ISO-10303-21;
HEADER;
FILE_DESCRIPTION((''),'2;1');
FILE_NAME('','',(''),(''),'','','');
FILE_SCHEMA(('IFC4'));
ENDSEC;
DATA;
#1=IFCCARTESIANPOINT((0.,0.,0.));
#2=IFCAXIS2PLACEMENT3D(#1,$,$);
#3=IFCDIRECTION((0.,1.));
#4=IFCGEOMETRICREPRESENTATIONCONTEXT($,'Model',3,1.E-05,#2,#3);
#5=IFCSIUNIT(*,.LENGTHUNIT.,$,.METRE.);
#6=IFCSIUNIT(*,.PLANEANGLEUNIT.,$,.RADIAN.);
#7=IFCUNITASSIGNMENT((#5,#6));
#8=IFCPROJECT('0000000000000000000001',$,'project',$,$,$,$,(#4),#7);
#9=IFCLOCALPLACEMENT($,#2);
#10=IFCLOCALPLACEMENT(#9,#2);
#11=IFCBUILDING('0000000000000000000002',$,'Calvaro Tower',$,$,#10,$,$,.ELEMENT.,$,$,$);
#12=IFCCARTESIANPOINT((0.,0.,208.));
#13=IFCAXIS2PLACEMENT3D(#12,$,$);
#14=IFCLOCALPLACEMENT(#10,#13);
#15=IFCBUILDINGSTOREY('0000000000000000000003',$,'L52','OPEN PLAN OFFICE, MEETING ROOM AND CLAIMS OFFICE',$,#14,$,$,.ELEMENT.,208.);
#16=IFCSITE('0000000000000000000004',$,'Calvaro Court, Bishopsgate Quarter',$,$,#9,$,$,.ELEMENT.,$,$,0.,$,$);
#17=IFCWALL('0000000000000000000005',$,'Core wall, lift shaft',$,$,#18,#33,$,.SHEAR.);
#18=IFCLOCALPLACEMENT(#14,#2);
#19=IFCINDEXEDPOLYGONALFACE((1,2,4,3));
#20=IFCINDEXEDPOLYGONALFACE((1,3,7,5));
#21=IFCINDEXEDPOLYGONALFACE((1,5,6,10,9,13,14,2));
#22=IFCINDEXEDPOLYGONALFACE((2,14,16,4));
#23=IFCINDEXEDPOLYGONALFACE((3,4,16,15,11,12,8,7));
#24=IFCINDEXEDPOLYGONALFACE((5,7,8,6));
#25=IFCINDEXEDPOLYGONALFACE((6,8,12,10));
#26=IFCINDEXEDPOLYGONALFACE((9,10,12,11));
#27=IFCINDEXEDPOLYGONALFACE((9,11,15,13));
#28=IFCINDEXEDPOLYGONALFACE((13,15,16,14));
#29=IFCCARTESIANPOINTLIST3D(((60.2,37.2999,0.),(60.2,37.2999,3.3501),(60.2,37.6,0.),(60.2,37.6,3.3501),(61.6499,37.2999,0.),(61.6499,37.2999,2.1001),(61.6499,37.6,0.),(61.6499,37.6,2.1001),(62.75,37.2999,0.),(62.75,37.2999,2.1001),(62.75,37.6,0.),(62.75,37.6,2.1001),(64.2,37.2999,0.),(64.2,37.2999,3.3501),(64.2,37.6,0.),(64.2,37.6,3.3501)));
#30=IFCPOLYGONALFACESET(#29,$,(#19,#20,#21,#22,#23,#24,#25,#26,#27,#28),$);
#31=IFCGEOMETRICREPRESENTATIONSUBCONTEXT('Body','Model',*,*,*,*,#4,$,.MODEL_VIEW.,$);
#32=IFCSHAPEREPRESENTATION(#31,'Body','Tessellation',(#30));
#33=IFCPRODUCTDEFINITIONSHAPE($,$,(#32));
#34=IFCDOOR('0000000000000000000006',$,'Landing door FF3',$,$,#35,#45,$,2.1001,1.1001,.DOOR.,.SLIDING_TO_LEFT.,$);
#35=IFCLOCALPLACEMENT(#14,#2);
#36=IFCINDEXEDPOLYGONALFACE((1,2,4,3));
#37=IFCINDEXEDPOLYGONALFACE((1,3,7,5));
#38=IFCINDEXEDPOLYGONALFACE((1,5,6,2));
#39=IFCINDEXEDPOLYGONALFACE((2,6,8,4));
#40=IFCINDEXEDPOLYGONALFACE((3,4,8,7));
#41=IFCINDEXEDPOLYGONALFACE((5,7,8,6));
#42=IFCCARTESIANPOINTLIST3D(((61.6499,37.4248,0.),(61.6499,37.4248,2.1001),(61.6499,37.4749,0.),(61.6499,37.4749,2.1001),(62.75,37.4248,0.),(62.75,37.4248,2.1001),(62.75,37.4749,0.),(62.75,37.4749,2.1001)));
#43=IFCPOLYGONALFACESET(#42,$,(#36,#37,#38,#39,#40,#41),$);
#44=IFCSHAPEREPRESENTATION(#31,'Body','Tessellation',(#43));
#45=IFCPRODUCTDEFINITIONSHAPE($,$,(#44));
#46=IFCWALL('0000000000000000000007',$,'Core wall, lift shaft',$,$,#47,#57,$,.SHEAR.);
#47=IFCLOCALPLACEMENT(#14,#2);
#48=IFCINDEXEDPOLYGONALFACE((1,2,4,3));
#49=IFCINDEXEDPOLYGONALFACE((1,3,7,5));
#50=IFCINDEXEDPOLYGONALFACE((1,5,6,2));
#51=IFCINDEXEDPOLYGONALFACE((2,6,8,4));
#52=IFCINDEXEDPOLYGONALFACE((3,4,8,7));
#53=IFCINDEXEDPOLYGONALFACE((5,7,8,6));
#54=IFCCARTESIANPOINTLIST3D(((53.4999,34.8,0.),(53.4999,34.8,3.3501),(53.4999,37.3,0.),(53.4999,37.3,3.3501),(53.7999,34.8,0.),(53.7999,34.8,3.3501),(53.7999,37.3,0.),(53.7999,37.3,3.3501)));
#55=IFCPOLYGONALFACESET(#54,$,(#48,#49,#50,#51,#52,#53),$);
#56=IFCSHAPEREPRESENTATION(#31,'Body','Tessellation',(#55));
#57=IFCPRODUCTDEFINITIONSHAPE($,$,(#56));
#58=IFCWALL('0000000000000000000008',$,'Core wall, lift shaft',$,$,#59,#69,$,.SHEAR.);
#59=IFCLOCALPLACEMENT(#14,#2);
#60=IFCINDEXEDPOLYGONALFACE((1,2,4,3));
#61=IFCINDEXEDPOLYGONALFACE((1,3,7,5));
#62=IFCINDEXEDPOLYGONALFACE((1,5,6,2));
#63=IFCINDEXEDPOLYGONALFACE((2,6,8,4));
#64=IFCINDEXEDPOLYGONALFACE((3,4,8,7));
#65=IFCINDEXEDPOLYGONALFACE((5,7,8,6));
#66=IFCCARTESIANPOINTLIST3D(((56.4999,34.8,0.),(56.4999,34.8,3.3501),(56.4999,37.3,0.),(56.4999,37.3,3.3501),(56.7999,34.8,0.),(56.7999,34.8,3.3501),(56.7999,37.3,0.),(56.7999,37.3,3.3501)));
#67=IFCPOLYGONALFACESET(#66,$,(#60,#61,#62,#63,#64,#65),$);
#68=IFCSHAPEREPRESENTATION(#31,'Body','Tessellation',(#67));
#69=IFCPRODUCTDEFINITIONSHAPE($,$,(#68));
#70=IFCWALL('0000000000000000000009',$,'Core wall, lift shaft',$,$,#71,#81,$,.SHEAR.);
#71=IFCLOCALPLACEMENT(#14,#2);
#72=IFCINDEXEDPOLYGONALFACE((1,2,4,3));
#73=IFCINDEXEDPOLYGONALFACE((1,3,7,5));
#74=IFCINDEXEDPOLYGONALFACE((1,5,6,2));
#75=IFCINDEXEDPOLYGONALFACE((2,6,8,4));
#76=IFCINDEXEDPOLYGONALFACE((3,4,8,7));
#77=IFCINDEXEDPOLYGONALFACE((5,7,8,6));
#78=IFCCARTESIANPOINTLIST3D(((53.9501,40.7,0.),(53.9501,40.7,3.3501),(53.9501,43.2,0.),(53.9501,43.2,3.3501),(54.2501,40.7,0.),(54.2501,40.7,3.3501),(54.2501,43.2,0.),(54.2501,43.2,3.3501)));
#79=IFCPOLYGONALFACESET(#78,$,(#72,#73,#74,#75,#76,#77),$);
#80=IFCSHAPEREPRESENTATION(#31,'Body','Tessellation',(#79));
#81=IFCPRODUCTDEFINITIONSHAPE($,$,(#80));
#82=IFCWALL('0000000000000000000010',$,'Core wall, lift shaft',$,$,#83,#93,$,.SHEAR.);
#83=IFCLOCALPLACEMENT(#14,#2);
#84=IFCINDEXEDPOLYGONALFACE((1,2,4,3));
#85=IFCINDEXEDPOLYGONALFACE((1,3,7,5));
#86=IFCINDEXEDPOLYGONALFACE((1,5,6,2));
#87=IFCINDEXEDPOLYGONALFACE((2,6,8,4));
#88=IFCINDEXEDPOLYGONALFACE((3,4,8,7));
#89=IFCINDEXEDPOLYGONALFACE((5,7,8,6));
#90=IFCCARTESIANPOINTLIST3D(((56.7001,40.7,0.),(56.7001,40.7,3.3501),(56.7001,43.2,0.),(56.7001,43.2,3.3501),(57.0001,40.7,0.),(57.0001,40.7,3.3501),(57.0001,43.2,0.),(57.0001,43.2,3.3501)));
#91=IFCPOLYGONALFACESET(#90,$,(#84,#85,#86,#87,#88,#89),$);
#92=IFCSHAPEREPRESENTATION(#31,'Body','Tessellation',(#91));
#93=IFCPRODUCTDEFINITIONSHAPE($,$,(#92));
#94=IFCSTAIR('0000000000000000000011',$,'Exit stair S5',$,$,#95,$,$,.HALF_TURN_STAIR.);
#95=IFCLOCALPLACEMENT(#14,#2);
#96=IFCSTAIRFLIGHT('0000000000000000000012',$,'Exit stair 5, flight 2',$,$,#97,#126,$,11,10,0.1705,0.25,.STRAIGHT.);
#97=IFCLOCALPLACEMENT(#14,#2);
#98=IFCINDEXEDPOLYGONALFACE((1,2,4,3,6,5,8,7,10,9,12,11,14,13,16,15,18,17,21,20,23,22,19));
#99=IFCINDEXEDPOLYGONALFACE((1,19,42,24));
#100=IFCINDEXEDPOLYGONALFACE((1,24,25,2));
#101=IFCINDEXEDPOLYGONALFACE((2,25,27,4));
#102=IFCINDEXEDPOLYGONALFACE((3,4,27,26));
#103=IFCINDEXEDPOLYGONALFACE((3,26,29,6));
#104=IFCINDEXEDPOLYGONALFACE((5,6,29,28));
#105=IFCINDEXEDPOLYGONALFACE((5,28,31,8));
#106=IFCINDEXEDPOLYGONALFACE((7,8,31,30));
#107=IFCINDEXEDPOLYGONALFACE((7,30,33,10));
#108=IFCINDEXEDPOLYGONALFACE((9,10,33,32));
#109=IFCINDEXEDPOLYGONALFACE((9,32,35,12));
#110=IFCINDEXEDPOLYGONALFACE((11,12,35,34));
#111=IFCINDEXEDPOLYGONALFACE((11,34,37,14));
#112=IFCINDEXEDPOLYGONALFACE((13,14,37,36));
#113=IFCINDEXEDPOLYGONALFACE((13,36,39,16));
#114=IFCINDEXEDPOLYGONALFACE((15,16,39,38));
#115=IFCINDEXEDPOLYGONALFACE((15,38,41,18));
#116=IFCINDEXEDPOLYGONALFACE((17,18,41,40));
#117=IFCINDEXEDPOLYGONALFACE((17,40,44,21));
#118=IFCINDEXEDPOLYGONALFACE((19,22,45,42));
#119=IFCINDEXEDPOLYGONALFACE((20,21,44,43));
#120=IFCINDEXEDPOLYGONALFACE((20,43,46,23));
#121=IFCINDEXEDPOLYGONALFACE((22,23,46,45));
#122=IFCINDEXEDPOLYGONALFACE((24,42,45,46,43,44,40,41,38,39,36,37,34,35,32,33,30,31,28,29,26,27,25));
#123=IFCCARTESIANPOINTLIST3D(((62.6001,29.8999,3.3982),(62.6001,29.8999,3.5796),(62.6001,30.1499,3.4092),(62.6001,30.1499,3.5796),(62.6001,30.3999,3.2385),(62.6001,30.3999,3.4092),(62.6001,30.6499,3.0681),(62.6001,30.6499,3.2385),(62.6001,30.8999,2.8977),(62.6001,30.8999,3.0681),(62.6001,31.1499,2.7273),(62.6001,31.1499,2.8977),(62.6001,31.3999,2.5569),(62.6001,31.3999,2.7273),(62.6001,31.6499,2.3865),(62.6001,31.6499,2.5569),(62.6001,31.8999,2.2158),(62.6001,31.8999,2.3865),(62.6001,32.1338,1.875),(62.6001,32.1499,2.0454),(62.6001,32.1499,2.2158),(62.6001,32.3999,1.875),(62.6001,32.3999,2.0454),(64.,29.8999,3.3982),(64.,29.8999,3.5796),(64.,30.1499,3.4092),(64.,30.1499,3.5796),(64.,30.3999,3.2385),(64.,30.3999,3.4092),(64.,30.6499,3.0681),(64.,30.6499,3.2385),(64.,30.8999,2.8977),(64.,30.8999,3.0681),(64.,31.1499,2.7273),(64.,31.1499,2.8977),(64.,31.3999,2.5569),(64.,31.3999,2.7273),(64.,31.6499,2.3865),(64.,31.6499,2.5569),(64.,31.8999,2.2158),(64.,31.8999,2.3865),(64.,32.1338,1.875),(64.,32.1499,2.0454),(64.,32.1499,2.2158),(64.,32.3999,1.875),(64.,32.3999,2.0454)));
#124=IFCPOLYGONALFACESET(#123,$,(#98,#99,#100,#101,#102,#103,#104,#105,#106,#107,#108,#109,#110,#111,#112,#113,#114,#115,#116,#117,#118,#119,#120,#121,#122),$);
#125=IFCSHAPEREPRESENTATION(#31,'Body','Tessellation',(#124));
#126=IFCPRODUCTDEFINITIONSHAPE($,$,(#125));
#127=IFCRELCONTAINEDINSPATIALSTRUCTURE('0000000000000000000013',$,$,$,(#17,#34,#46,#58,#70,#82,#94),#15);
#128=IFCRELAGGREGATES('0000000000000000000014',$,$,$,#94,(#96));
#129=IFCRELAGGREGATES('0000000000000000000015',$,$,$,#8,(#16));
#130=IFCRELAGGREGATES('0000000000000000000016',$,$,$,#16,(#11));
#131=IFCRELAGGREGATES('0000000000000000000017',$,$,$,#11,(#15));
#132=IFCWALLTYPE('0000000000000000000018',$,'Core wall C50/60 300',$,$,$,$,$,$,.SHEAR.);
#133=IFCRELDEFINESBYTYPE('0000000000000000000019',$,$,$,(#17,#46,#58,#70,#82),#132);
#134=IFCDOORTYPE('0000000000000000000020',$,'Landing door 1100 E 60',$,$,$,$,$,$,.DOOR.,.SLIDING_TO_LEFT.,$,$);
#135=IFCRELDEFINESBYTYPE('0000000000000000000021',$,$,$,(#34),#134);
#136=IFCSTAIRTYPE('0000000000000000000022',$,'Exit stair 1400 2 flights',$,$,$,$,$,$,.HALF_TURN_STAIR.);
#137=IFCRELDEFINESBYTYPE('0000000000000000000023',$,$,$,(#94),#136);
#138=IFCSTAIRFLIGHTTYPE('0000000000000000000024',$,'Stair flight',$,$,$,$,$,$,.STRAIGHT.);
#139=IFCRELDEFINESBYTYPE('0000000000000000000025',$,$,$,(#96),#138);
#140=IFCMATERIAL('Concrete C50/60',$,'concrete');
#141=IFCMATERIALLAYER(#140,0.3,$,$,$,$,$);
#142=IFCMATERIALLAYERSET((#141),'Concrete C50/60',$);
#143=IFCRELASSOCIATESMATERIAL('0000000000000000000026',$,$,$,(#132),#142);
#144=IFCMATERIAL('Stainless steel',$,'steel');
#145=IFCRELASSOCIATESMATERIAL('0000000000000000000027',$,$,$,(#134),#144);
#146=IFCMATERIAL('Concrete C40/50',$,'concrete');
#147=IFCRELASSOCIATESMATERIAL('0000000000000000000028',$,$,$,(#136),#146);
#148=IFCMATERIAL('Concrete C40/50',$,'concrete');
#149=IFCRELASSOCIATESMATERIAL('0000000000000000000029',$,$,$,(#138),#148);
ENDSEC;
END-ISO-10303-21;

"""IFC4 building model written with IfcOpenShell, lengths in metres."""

from ifc_helpers import new_model, si_unit, direction, frame, frame_2d, origin, place, context, subcontext, project, spatial, polyline, rectangle, outline, extrude, material, layer, layer_set, type_object, element, fill, aggregate, save


model = new_model("IFC4")

# Units and contexts
model_context = context("Model", 3, precision=1e-05, world=origin(), true_north=direction((0.0, 1.0)))
body_context = subcontext(model_context, "Body", "Model", "MODEL_VIEW")
ifc_project = project(units=[si_unit("LENGTHUNIT", "METRE"), si_unit("PLANEANGLEUNIT", "RADIAN")], contexts=[model_context])

# Site, building, storey
site_placement = place(None, origin())
site = spatial("IfcSite", under=ifc_project, at=site_placement, Name="Calvaro Court, Bishopsgate Quarter", CompositionType="ELEMENT", RefElevation=0.0)
building_placement = place(site_placement, origin())
building = spatial("IfcBuilding", under=site, at=building_placement, Name="Calvaro Tower", CompositionType="ELEMENT")
storey_placement = place(building_placement, frame((0.0, 0.0, 208.0)))
storey = spatial("IfcBuildingStorey", under=building, at=storey_placement, Name="L52", Description="OPEN PLAN OFFICE, MEETING ROOM AND CLAIMS OFFICE", CompositionType="ELEMENT", Elevation=208.0)

# Shared definitions
ifc_material_1 = material(Name="Concrete C50/60", Category="concrete")
ifc_layer_1 = layer(ifc_material_1, 0.3)
ifc_layer_set_1 = layer_set([ifc_layer_1], Name="Concrete C50/60")
wall_type_1 = type_object("IfcWallType", Name="Core wall C50/60 300", PredefinedType="SHEAR", material=ifc_layer_set_1)

# Wall, opening, door
wall_1_placement = place(storey_placement, frame((60.2, 37.45, 0.0), z_axis=(0.0, 0.0, 1.0), x_axis=(1.0, 0.0, 0.0)))
wall_1 = element("IfcWall", 1, at=wall_1_placement, inside=storey, type_object=wall_type_1, Name="Core wall, lift shaft", PredefinedType="SHEAR", context=body_context, shape_type="SweptSolid", body=[
    extrude(rectangle(XDim=4.0, YDim=0.3, at=frame_2d((2.0, 0.0))), origin(), (0.0, 0.0, 1.0), 3.3501),
])
opening_1_placement = place(wall_1_placement, frame((1.45, 0.0, 0.0)))
opening_1 = element("IfcOpeningElement", 2, at=opening_1_placement, cuts=wall_1, PredefinedType="OPENING", context=body_context, shape_type="SweptSolid", body=[
    extrude(rectangle(XDim=1.1001, YDim=2.1001, at=frame_2d((0.55, 1.05))), frame((0.0, 0.1599, 0.0), z_axis=(0.0, -1.0, 0.0), x_axis=(1.0, 0.0, 0.0)), (0.0, 0.0, 1.0), 0.3201),
])
ifc_material_2 = material(Name="Stainless steel", Category="steel")
door_type_1 = type_object("IfcDoorType", Name="Landing door 1100 E 60", OperationType="SLIDING_TO_LEFT", PredefinedType="DOOR", material=ifc_material_2)
door_1_placement = place(opening_1_placement, origin())
door_1 = element("IfcDoor", 3, at=door_1_placement, inside=storey, type_object=door_type_1, Name="Landing door FF3", OperationType="SLIDING_TO_LEFT", OverallHeight=2.1001, OverallWidth=1.1001, PredefinedType="DOOR", context=body_context, shape_type="SweptSolid", body=[
    extrude(rectangle(XDim=1.1001, YDim=2.1001, at=frame_2d((0.55, 1.05))), frame((0.0, 0.0249, 0.0), z_axis=(0.0, -1.0, 0.0), x_axis=(1.0, 0.0, 0.0)), (0.0, 0.0, 1.0), 0.05),
])
fill(opening_1, door_1)

# Walls
for number, where, z_axis, x_axis, name in (
    (4, (53.6499, 34.8, 0.0), (0.0, 0.0, 1.0), (0.0, 1.0, 0.0), "Core wall, lift shaft"),
    (5, (56.6499, 34.8, 0.0), (0.0, 0.0, 1.0), (0.0, 1.0, 0.0), "Core wall, lift shaft"),
    (6, (54.1001, 40.7, 0.0), (0.0, 0.0, 1.0), (0.0, 1.0, 0.0), "Core wall, lift shaft"),
    (7, (56.8501, 40.7, 0.0), (0.0, 0.0, 1.0), (0.0, 1.0, 0.0), "Core wall, lift shaft"),
):
    element("IfcWall", number, at=place(storey_placement, frame(where, z_axis=z_axis, x_axis=x_axis)), inside=storey, type_object=wall_type_1, Name=name, PredefinedType="SHEAR", context=body_context, shape_type="SweptSolid", body=[
        extrude(rectangle(XDim=2.5, YDim=0.3, at=frame_2d((1.25, 0.0))), origin(), (0.0, 0.0, 1.0), 3.3501),
    ])

# Stair, stair flight
ifc_material_3 = material(Name="Concrete C40/50", Category="concrete")
stair_type = type_object("IfcStairType", Name="Exit stair 1400 2 flights", PredefinedType="HALF_TURN_STAIR", material=ifc_material_3)
stair_placement = place(storey_placement, origin())
stair = element("IfcStair", 8, at=stair_placement, inside=storey, type_object=stair_type, Name="Exit stair S5", PredefinedType="HALF_TURN_STAIR")
ifc_material_4 = material(Name="Concrete C40/50", Category="concrete")
stair_flight_type = type_object("IfcStairFlightType", Name="Stair flight", PredefinedType="STRAIGHT", material=ifc_material_4)
stair_flight_placement = place(storey_placement, frame((63.3, 32.3999, 1.875), z_axis=(0.0, 0.0, 1.0), x_axis=(0.0, -1.0, 0.0)))
stair_flight = element("IfcStairFlight", 9, at=stair_flight_placement, type_object=stair_flight_type, Name="Exit stair 5, flight 2", NumberOfRisers=11, NumberOfTreads=10, PredefinedType="STRAIGHT", RiserHeight=0.1705, TreadLength=0.25, context=body_context, shape_type="SweptSolid", body=[
    extrude(outline(polyline([(0.0, 0.0), (0.0, 0.1704), (0.25, 0.1704), (0.25, 0.3408), (0.5, 0.3408), (0.5, 0.5115), (0.75, 0.5115), (0.75, 0.6819), (1.0, 0.6819), (1.0, 0.8523), (1.25, 0.8523), (1.25, 1.0227), (1.5, 1.0227), (1.5, 1.1931), (1.75, 1.1931), (1.75, 1.3635), (2.0, 1.3635), (2.0, 1.5342), (2.25, 1.5342), (2.25, 1.7046), (2.5, 1.7046), (2.5, 1.875), (2.5, 1.5232), (0.2661, 0.0), (0.0, 0.0)])), frame((0.0, 0.7, 0.0), z_axis=(0.0, -1.0, 0.0), x_axis=(1.0, 0.0, 0.0)), (0.0, 0.0, 1.0), 1.3999),
])
aggregate(stair, [stair_flight])

save(model, "model.ifc")
